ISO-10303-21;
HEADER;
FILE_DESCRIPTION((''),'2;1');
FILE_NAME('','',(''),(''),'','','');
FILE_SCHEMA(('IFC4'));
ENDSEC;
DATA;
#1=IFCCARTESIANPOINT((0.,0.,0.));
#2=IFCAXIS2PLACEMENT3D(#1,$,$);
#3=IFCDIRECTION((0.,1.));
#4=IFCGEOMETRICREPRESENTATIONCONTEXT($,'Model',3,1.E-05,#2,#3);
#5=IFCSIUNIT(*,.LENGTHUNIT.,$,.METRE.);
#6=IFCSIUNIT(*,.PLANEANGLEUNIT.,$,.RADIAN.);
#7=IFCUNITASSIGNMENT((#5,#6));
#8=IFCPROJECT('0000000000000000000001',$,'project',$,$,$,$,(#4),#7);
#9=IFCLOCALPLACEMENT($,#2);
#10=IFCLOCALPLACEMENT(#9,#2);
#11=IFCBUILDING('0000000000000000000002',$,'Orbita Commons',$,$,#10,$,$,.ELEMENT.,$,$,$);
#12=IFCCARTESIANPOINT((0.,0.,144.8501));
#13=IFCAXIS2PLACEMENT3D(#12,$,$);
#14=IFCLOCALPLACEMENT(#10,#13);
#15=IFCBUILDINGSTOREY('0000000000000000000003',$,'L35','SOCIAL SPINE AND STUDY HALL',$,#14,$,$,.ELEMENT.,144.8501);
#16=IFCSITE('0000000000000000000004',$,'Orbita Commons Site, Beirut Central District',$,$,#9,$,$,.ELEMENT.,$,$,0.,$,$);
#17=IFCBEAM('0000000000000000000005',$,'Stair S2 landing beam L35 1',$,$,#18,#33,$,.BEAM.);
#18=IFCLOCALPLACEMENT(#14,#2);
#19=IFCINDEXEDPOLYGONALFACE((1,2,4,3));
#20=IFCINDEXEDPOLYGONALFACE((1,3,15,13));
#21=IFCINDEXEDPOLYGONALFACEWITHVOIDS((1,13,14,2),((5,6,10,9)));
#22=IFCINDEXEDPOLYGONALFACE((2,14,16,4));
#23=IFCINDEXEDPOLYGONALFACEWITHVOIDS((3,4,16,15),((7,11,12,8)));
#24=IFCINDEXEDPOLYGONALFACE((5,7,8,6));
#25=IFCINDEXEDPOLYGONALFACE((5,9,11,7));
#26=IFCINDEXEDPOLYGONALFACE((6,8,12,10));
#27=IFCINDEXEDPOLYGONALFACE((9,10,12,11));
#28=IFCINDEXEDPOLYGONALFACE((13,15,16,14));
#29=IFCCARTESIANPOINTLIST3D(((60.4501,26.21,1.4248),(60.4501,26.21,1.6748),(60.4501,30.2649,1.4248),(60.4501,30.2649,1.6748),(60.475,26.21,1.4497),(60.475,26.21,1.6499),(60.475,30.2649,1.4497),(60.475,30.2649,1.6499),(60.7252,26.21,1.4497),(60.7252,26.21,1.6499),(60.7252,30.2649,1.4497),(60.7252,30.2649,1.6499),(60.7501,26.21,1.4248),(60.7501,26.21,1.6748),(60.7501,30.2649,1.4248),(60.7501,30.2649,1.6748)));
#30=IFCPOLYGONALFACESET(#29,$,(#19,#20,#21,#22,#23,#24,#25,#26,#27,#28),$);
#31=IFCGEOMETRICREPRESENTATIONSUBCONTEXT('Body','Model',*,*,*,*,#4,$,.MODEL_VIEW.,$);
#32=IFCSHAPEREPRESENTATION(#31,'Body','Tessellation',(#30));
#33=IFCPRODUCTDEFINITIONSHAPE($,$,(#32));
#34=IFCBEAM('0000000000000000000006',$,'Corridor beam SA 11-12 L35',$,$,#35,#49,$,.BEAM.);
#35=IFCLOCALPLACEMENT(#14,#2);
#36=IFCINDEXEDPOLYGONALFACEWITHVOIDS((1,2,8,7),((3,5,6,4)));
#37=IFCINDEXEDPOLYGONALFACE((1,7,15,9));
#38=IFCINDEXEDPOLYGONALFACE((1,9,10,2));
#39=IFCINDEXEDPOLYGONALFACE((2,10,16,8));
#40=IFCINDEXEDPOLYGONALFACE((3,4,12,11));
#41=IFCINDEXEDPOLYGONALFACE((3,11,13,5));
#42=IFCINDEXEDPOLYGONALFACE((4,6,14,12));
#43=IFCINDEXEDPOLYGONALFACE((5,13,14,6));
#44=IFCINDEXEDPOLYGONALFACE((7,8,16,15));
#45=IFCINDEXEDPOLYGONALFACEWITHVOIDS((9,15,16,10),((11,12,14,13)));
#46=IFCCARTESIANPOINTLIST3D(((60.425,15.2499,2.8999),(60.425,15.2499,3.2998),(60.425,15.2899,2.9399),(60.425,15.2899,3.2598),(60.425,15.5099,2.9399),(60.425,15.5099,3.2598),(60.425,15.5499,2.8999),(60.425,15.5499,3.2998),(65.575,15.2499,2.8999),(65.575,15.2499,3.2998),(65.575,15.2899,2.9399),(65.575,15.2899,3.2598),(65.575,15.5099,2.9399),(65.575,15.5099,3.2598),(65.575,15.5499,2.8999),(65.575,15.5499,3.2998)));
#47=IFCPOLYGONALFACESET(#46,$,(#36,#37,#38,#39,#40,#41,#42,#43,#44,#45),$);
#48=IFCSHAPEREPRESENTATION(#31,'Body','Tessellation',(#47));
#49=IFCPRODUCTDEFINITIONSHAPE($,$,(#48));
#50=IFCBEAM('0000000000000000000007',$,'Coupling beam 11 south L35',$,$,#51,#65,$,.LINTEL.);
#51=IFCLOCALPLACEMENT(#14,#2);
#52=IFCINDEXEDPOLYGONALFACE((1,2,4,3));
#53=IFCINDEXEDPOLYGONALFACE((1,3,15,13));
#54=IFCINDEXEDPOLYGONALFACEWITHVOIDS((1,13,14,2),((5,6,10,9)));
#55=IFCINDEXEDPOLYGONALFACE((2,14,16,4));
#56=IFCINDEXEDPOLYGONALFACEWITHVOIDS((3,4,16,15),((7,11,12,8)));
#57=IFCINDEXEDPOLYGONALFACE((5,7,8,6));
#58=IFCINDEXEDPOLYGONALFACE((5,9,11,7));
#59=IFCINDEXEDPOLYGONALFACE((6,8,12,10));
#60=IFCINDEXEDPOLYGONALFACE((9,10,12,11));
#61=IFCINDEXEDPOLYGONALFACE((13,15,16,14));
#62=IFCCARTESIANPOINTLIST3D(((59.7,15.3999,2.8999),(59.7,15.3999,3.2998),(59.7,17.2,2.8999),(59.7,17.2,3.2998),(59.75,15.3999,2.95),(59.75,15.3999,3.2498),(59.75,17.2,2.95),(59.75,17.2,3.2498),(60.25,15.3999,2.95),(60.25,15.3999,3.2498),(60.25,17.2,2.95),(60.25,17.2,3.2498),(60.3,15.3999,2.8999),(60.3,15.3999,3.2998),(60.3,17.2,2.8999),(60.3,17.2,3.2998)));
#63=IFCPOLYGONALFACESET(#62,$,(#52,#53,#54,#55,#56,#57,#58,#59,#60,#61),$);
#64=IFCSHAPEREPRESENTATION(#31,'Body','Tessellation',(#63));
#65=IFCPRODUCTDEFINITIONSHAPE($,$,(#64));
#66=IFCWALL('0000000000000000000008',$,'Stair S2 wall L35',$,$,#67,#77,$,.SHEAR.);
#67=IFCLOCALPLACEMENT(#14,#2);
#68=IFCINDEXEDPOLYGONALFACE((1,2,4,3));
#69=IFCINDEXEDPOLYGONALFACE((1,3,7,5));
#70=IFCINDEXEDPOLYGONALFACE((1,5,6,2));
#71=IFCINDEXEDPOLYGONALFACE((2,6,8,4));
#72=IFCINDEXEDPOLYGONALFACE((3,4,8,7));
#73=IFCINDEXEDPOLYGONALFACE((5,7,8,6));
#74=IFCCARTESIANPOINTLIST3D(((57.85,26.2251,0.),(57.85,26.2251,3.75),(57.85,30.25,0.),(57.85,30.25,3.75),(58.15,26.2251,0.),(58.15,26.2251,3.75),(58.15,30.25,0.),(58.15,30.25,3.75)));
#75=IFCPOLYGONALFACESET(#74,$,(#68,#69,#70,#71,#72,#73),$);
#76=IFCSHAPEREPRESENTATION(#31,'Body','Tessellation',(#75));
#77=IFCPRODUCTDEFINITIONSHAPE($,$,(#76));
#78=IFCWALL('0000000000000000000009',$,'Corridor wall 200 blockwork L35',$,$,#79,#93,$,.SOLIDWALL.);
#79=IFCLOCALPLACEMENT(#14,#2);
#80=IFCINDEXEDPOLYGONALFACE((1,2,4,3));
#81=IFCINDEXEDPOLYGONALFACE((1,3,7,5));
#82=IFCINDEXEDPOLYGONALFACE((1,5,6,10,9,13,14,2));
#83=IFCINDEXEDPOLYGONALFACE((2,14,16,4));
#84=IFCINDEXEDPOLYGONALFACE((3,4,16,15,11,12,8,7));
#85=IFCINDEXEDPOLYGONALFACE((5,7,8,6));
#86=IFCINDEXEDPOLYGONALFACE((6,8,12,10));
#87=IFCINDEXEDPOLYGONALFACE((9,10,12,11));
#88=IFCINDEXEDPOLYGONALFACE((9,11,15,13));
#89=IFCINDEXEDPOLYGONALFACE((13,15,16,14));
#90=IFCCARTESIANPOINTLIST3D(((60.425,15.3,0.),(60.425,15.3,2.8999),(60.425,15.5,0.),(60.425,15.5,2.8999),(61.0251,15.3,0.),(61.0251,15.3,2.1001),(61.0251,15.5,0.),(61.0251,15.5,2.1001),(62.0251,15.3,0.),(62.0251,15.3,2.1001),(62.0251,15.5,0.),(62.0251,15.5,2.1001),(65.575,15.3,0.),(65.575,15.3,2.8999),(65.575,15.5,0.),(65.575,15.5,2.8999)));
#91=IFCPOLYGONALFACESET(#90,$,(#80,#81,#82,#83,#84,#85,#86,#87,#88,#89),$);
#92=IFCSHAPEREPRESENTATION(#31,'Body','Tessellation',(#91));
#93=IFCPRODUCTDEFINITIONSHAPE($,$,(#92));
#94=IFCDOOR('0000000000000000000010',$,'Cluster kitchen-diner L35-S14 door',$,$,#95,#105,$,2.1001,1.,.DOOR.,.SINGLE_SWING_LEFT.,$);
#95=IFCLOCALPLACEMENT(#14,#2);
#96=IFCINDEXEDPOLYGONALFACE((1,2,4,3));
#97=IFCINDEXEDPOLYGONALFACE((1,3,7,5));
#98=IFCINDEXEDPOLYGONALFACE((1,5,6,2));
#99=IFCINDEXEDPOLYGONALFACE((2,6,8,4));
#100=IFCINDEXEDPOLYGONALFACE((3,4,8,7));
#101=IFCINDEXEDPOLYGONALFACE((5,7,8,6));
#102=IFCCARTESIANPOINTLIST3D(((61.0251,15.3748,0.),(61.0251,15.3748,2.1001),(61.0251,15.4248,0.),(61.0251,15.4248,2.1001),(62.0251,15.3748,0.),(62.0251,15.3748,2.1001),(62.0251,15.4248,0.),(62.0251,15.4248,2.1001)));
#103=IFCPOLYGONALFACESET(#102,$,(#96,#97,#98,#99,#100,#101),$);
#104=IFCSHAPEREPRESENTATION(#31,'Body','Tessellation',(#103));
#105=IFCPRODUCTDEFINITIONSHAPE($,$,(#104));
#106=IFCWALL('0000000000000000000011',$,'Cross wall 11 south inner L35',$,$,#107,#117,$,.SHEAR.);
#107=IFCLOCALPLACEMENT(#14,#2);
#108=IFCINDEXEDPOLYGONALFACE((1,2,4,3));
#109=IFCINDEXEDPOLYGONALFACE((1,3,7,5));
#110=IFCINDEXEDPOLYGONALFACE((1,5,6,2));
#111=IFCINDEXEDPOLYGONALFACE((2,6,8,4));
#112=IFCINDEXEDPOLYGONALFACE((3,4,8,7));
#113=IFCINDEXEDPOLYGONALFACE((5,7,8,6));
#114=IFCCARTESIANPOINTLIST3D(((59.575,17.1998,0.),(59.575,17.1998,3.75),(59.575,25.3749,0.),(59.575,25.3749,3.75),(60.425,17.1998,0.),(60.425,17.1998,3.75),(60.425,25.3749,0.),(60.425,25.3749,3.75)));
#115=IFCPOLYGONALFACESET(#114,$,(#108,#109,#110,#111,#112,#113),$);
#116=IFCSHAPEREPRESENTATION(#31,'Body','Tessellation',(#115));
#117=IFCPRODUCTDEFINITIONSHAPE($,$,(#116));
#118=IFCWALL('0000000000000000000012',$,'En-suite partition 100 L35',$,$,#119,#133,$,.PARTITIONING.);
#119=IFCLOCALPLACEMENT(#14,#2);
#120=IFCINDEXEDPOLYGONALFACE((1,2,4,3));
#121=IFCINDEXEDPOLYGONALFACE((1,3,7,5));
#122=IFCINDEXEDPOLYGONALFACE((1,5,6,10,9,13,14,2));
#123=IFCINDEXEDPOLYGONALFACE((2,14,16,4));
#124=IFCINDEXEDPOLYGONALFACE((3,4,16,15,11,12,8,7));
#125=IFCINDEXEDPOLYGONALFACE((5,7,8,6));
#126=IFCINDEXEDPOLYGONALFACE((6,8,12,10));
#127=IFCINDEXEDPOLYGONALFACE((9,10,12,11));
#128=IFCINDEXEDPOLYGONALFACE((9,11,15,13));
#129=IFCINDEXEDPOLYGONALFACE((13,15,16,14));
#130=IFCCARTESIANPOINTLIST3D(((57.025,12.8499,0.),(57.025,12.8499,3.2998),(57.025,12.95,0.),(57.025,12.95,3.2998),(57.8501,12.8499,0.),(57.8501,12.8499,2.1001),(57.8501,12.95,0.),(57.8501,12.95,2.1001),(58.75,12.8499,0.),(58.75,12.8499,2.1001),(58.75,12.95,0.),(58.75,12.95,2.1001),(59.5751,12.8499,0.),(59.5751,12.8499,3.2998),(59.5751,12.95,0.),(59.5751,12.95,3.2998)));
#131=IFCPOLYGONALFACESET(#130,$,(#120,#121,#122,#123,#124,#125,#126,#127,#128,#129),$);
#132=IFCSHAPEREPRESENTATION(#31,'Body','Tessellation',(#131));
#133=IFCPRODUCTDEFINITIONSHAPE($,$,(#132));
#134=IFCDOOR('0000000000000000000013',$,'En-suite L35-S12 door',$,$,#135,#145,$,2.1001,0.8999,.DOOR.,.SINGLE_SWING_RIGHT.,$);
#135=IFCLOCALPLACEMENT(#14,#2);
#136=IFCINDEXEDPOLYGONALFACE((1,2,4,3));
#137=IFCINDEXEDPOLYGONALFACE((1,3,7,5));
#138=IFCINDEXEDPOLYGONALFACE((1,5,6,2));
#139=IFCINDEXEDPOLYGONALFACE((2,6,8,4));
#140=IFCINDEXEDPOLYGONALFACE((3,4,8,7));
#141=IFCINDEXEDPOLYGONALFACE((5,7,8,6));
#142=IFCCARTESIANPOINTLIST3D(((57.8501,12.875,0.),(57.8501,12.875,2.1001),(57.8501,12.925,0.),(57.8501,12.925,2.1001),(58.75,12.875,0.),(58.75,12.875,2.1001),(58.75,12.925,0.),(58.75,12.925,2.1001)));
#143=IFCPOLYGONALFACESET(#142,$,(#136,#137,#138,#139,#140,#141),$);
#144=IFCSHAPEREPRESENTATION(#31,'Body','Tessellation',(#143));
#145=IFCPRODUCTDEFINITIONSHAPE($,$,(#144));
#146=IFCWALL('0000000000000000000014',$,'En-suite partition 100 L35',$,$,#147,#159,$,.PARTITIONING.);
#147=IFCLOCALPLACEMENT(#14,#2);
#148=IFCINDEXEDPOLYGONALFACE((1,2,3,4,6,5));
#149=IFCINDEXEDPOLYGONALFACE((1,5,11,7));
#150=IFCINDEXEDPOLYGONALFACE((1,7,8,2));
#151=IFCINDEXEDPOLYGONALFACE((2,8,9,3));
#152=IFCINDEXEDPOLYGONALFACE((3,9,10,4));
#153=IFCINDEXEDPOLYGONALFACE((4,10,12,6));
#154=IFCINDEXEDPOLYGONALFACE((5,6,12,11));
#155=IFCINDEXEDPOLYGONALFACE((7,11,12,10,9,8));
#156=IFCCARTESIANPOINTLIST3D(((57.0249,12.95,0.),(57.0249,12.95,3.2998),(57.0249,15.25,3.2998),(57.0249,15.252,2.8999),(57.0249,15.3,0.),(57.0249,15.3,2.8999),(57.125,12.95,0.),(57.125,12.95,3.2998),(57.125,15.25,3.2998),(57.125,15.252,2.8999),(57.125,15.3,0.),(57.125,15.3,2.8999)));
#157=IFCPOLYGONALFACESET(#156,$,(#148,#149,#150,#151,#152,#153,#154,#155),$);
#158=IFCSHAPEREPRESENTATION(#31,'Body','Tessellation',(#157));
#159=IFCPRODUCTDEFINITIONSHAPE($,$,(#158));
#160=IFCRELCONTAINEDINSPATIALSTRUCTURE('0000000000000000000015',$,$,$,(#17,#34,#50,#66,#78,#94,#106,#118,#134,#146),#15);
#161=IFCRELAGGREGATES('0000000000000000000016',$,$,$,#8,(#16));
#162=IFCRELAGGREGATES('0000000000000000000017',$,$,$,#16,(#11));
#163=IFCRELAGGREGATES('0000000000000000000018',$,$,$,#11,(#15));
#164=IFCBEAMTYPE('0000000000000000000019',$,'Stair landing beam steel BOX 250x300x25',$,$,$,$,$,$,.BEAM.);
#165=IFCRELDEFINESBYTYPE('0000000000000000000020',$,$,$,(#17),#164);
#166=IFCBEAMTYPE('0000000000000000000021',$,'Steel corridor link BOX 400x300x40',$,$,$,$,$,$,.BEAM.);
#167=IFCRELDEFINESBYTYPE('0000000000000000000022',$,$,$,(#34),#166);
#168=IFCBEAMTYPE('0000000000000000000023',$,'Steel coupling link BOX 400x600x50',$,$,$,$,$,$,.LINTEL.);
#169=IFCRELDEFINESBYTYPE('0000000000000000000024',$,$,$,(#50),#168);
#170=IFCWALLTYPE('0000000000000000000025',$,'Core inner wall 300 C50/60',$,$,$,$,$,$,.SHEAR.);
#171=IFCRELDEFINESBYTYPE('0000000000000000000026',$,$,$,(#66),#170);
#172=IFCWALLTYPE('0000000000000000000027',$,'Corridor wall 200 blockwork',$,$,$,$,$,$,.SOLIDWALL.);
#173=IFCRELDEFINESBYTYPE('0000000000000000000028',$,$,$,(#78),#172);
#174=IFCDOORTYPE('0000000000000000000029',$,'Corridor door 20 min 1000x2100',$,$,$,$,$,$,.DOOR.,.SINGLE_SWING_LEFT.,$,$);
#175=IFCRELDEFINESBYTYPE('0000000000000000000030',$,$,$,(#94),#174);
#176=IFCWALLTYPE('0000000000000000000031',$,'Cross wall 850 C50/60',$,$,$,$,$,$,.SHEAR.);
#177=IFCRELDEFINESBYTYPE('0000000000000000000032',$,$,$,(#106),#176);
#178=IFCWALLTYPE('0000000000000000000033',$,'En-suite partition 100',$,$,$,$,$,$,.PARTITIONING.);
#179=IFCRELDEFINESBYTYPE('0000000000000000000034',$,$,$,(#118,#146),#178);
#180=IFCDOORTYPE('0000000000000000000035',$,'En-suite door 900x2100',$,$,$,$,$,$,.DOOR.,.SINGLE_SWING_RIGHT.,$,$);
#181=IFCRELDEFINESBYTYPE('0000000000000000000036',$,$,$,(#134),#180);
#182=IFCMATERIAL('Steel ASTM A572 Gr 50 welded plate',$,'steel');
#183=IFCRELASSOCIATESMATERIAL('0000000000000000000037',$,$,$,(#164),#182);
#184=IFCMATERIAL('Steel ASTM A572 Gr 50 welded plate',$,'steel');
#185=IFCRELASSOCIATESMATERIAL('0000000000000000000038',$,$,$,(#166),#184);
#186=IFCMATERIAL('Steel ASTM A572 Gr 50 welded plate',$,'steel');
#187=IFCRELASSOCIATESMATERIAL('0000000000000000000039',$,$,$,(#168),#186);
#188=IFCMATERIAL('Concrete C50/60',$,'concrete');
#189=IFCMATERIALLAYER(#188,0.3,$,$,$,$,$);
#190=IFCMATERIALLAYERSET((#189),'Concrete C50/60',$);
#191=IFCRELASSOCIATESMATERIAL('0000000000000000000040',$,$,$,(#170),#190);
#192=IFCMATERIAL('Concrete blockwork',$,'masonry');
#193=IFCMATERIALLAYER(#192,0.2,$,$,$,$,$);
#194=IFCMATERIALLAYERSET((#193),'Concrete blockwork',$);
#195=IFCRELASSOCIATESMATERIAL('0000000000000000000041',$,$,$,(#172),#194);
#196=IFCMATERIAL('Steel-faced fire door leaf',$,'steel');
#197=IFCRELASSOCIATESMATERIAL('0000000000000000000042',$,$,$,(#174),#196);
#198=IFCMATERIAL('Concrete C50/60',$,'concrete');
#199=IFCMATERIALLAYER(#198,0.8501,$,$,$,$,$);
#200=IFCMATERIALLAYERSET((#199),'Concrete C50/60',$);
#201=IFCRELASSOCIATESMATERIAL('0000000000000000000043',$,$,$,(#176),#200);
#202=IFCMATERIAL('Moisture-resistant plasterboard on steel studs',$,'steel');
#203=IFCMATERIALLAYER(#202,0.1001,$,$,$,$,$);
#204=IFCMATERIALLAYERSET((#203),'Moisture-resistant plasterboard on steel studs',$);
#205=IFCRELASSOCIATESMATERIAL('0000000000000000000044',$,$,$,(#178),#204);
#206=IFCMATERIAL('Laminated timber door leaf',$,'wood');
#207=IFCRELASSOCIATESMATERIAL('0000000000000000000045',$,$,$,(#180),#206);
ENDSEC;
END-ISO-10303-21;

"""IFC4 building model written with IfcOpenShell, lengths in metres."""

from ifc_helpers import new_model, si_unit, direction, frame, frame_2d, origin, origin_2d, place, context, subcontext, project, spatial, polyline, rectangle, hollow_rectangle, outline, extrude, material, layer, layer_set, material_profile, profile_set, type_object, element, fill, save


model = new_model("IFC4")

# Units and contexts
model_context = context("Model", 3, precision=1e-05, world=origin(), true_north=direction((0.0, 1.0)))
body_context = subcontext(model_context, "Body", "Model", "MODEL_VIEW")
ifc_project = project(units=[si_unit("LENGTHUNIT", "METRE"), si_unit("PLANEANGLEUNIT", "RADIAN")], contexts=[model_context])

# Site, building, storey
site_placement = place(None, origin())
site = spatial("IfcSite", under=ifc_project, at=site_placement, Name="Orbita Commons Site, Beirut Central District", CompositionType="ELEMENT", RefElevation=0.0)
building_placement = place(site_placement, origin())
building = spatial("IfcBuilding", under=site, at=building_placement, Name="Orbita Commons", CompositionType="ELEMENT")
storey_placement = place(building_placement, frame((0.0, 0.0, 144.8501)))
storey = spatial("IfcBuildingStorey", under=building, at=storey_placement, Name="L35", Description="SOCIAL SPINE AND STUDY HALL", CompositionType="ELEMENT", Elevation=144.8501)

# Beams
ifc_material_1 = material(Name="Steel ASTM A572 Gr 50 welded plate", Category="steel")
ifc_material_profile_1 = material_profile(ifc_material_1, hollow_rectangle(XDim=0.3, YDim=0.25, WallThickness=0.0249, at=origin_2d()), Name="BOX 250x300x25")
ifc_profile_set_1 = profile_set([ifc_material_profile_1], Name="Steel ASTM A572 Gr 50 welded plate")
beam_type_1 = type_object("IfcBeamType", Name="Stair landing beam steel BOX 250x300x25", PredefinedType="BEAM", material=ifc_profile_set_1)
beam_1_placement = place(storey_placement, frame((60.6001, 26.21, 1.5498), z_axis=(0.0, 1.0, 0.0), x_axis=(-1.0, 0.0, 0.0)))
element("IfcBeam", 1, at=beam_1_placement, inside=storey, type_object=beam_type_1, Name="Stair S2 landing beam L35 1", PredefinedType="BEAM", context=body_context, shape_type="SweptSolid", body=[
    extrude(hollow_rectangle(XDim=0.3, YDim=0.25, WallThickness=0.0249, at=origin_2d()), origin(), (0.0, 0.0, 1.0), 4.0549),
])
ifc_material_2 = material(Name="Steel ASTM A572 Gr 50 welded plate", Category="steel")
ifc_material_profile_2 = material_profile(ifc_material_2, hollow_rectangle(XDim=0.3, YDim=0.3999, WallThickness=0.04, at=origin_2d()), Name="BOX 400x300x40")
ifc_profile_set_2 = profile_set([ifc_material_profile_2], Name="Steel ASTM A572 Gr 50 welded plate")
beam_type_2 = type_object("IfcBeamType", Name="Steel corridor link BOX 400x300x40", PredefinedType="BEAM", material=ifc_profile_set_2)
beam_2_placement = place(storey_placement, frame((60.425, 15.3999, 3.0999), z_axis=(1.0, 0.0, 0.0), x_axis=(0.0, 1.0, 0.0)))
element("IfcBeam", 2, at=beam_2_placement, inside=storey, type_object=beam_type_2, Name="Corridor beam SA 11-12 L35", PredefinedType="BEAM", context=body_context, shape_type="SweptSolid", body=[
    extrude(hollow_rectangle(XDim=0.3, YDim=0.3999, WallThickness=0.04, at=origin_2d()), origin(), (0.0, 0.0, 1.0), 5.1499),
])
ifc_material_3 = material(Name="Steel ASTM A572 Gr 50 welded plate", Category="steel")
ifc_material_profile_3 = material_profile(ifc_material_3, hollow_rectangle(XDim=0.6001, YDim=0.3999, WallThickness=0.05, at=origin_2d()), Name="BOX 400x600x50")
ifc_profile_set_3 = profile_set([ifc_material_profile_3], Name="Steel ASTM A572 Gr 50 welded plate")
beam_type_3 = type_object("IfcBeamType", Name="Steel coupling link BOX 400x600x50", PredefinedType="LINTEL", material=ifc_profile_set_3)
beam_3_placement = place(storey_placement, frame((60.0, 15.3999, 3.0999), z_axis=(0.0, 1.0, 0.0), x_axis=(-1.0, 0.0, 0.0)))
element("IfcBeam", 3, at=beam_3_placement, inside=storey, type_object=beam_type_3, Name="Coupling beam 11 south L35", PredefinedType="LINTEL", context=body_context, shape_type="SweptSolid", body=[
    extrude(hollow_rectangle(XDim=0.6001, YDim=0.3999, WallThickness=0.05, at=origin_2d()), origin(), (0.0, 0.0, 1.0), 1.8),
])

# Wall
ifc_material_4 = material(Name="Concrete C50/60", Category="concrete")
ifc_layer_1 = layer(ifc_material_4, 0.3)
ifc_layer_set_1 = layer_set([ifc_layer_1], Name="Concrete C50/60")
wall_type_1 = type_object("IfcWallType", Name="Core inner wall 300 C50/60", PredefinedType="SHEAR", material=ifc_layer_set_1)
wall_1_placement = place(storey_placement, frame((58.0, 26.2251, 0.0), z_axis=(0.0, 0.0, 1.0), x_axis=(0.0, 1.0, 0.0)))
element("IfcWall", 4, at=wall_1_placement, inside=storey, type_object=wall_type_1, Name="Stair S2 wall L35", PredefinedType="SHEAR", context=body_context, shape_type="SweptSolid", body=[
    extrude(rectangle(XDim=4.0249, YDim=0.3, at=frame_2d((2.0125, 0.0))), origin(), (0.0, 0.0, 1.0), 3.75),
])

# Wall, opening, door
ifc_material_5 = material(Name="Concrete blockwork", Category="masonry")
ifc_layer_2 = layer(ifc_material_5, 0.2)
ifc_layer_set_2 = layer_set([ifc_layer_2], Name="Concrete blockwork")
wall_type_2 = type_object("IfcWallType", Name="Corridor wall 200 blockwork", PredefinedType="SOLIDWALL", material=ifc_layer_set_2)
wall_2_placement = place(storey_placement, frame((60.425, 15.3999, 0.0), z_axis=(0.0, 0.0, 1.0), x_axis=(1.0, 0.0, 0.0)))
wall_2 = element("IfcWall", 5, at=wall_2_placement, inside=storey, type_object=wall_type_2, Name="Corridor wall 200 blockwork L35", PredefinedType="SOLIDWALL", context=body_context, shape_type="SweptSolid", body=[
    extrude(outline(polyline([(0.0, 0.0), (5.1499, 0.0), (5.1499, 2.8999), (0.0, 2.8999), (0.0, 0.0)])), frame((0.0, 0.1001, 0.0), z_axis=(0.0, -1.0, 0.0), x_axis=(1.0, 0.0, 0.0)), (0.0, 0.0, 1.0), 0.2),
])
opening_1_placement = place(wall_2_placement, frame((0.6001, 0.0, 0.0)))
opening_1 = element("IfcOpeningElement", 6, at=opening_1_placement, cuts=wall_2, PredefinedType="OPENING", context=body_context, shape_type="SweptSolid", body=[
    extrude(rectangle(XDim=1.0, YDim=2.1001, at=frame_2d((0.5, 1.05))), frame((0.0, 0.1099, 0.0), z_axis=(0.0, -1.0, 0.0), x_axis=(1.0, 0.0, 0.0)), (0.0, 0.0, 1.0), 0.22),
])
ifc_material_6 = material(Name="Steel-faced fire door leaf", Category="steel")
door_type_1 = type_object("IfcDoorType", Name="Corridor door 20 min 1000x2100", OperationType="SINGLE_SWING_LEFT", PredefinedType="DOOR", material=ifc_material_6)
door_1_placement = place(opening_1_placement, origin())
door_1 = element("IfcDoor", 7, at=door_1_placement, inside=storey, type_object=door_type_1, Name="Cluster kitchen-diner L35-S14 door", OperationType="SINGLE_SWING_LEFT", OverallHeight=2.1001, OverallWidth=1.0, PredefinedType="DOOR", context=body_context, shape_type="SweptSolid", body=[
    extrude(rectangle(XDim=1.0, YDim=2.1001, at=frame_2d((0.5, 1.05))), frame((0.0, 0.0249, 0.0), z_axis=(0.0, -1.0, 0.0), x_axis=(1.0, 0.0, 0.0)), (0.0, 0.0, 1.0), 0.05),
])
fill(opening_1, door_1)

# Wall
ifc_material_7 = material(Name="Concrete C50/60", Category="concrete")
ifc_layer_3 = layer(ifc_material_7, 0.8501)
ifc_layer_set_3 = layer_set([ifc_layer_3], Name="Concrete C50/60")
wall_type_3 = type_object("IfcWallType", Name="Cross wall 850 C50/60", PredefinedType="SHEAR", material=ifc_layer_set_3)
wall_3_placement = place(storey_placement, frame((60.0, 17.2, 0.0), z_axis=(0.0, 0.0, 1.0), x_axis=(0.0, 1.0, 0.0)))
element("IfcWall", 8, at=wall_3_placement, inside=storey, type_object=wall_type_3, Name="Cross wall 11 south inner L35", PredefinedType="SHEAR", context=body_context, shape_type="SweptSolid", body=[
    extrude(rectangle(XDim=8.175, YDim=0.8501, at=frame_2d((4.0874, 0.0))), origin(), (0.0, 0.0, 1.0), 3.75),
])

# Wall, opening, door
ifc_material_8 = material(Name="Moisture-resistant plasterboard on steel studs", Category="steel")
ifc_layer_4 = layer(ifc_material_8, 0.1001)
ifc_layer_set_4 = layer_set([ifc_layer_4], Name="Moisture-resistant plasterboard on steel studs")
wall_type_4 = type_object("IfcWallType", Name="En-suite partition 100", PredefinedType="PARTITIONING", material=ifc_layer_set_4)
wall_4_placement = place(storey_placement, frame((59.575, 12.8999, 0.0), z_axis=(0.0, 0.0, 1.0), x_axis=(-1.0, 0.0, 0.0)))
wall_4 = element("IfcWall", 9, at=wall_4_placement, inside=storey, type_object=wall_type_4, Name="En-suite partition 100 L35", PredefinedType="PARTITIONING", context=body_context, shape_type="SweptSolid", body=[
    extrude(rectangle(XDim=2.55, YDim=0.1001, at=frame_2d((1.2749, 0.0))), origin(), (0.0, 0.0, 1.0), 3.2998),
])
opening_2_placement = place(wall_4_placement, frame((0.825, 0.0, 0.0)))
opening_2 = element("IfcOpeningElement", 10, at=opening_2_placement, cuts=wall_4, PredefinedType="OPENING", context=body_context, shape_type="SweptSolid", body=[
    extrude(rectangle(XDim=0.8999, YDim=2.1001, at=frame_2d((0.45, 1.05))), frame((0.0, 0.0601, 0.0), z_axis=(0.0, -1.0, 0.0), x_axis=(1.0, 0.0, 0.0)), (0.0, 0.0, 1.0), 0.1201),
])
ifc_material_9 = material(Name="Laminated timber door leaf", Category="wood")
door_type_2 = type_object("IfcDoorType", Name="En-suite door 900x2100", OperationType="SINGLE_SWING_RIGHT", PredefinedType="DOOR", material=ifc_material_9)
door_2_placement = place(opening_2_placement, origin())
door_2 = element("IfcDoor", 11, at=door_2_placement, inside=storey, type_object=door_type_2, Name="En-suite L35-S12 door", OperationType="SINGLE_SWING_RIGHT", OverallHeight=2.1001, OverallWidth=0.8999, PredefinedType="DOOR", context=body_context, shape_type="SweptSolid", body=[
    extrude(rectangle(XDim=0.8999, YDim=2.1001, at=frame_2d((0.45, 1.05))), frame((0.0, 0.0249, 0.0), z_axis=(0.0, -1.0, 0.0), x_axis=(1.0, 0.0, 0.0)), (0.0, 0.0, 1.0), 0.05),
])
fill(opening_2, door_2)

# Wall
wall_5_placement = place(storey_placement, frame((57.075, 12.95, 0.0), z_axis=(0.0, 0.0, 1.0), x_axis=(0.0, 1.0, 0.0)))
element("IfcWall", 12, at=wall_5_placement, inside=storey, type_object=wall_type_4, Name="En-suite partition 100 L35", PredefinedType="PARTITIONING", context=body_context, shape_type="SweptSolid", body=[
    extrude(outline(polyline([(0.0, 0.0), (2.3501, 0.0), (2.3501, 2.8999), (2.302, 2.8999), (2.3, 3.2998), (0.0, 3.2998), (0.0, 0.0)])), frame((0.0, 0.05, 0.0), z_axis=(0.0, -1.0, 0.0), x_axis=(1.0, 0.0, 0.0)), (0.0, 0.0, 1.0), 0.1001),
])

save(model, "model.ifc")
